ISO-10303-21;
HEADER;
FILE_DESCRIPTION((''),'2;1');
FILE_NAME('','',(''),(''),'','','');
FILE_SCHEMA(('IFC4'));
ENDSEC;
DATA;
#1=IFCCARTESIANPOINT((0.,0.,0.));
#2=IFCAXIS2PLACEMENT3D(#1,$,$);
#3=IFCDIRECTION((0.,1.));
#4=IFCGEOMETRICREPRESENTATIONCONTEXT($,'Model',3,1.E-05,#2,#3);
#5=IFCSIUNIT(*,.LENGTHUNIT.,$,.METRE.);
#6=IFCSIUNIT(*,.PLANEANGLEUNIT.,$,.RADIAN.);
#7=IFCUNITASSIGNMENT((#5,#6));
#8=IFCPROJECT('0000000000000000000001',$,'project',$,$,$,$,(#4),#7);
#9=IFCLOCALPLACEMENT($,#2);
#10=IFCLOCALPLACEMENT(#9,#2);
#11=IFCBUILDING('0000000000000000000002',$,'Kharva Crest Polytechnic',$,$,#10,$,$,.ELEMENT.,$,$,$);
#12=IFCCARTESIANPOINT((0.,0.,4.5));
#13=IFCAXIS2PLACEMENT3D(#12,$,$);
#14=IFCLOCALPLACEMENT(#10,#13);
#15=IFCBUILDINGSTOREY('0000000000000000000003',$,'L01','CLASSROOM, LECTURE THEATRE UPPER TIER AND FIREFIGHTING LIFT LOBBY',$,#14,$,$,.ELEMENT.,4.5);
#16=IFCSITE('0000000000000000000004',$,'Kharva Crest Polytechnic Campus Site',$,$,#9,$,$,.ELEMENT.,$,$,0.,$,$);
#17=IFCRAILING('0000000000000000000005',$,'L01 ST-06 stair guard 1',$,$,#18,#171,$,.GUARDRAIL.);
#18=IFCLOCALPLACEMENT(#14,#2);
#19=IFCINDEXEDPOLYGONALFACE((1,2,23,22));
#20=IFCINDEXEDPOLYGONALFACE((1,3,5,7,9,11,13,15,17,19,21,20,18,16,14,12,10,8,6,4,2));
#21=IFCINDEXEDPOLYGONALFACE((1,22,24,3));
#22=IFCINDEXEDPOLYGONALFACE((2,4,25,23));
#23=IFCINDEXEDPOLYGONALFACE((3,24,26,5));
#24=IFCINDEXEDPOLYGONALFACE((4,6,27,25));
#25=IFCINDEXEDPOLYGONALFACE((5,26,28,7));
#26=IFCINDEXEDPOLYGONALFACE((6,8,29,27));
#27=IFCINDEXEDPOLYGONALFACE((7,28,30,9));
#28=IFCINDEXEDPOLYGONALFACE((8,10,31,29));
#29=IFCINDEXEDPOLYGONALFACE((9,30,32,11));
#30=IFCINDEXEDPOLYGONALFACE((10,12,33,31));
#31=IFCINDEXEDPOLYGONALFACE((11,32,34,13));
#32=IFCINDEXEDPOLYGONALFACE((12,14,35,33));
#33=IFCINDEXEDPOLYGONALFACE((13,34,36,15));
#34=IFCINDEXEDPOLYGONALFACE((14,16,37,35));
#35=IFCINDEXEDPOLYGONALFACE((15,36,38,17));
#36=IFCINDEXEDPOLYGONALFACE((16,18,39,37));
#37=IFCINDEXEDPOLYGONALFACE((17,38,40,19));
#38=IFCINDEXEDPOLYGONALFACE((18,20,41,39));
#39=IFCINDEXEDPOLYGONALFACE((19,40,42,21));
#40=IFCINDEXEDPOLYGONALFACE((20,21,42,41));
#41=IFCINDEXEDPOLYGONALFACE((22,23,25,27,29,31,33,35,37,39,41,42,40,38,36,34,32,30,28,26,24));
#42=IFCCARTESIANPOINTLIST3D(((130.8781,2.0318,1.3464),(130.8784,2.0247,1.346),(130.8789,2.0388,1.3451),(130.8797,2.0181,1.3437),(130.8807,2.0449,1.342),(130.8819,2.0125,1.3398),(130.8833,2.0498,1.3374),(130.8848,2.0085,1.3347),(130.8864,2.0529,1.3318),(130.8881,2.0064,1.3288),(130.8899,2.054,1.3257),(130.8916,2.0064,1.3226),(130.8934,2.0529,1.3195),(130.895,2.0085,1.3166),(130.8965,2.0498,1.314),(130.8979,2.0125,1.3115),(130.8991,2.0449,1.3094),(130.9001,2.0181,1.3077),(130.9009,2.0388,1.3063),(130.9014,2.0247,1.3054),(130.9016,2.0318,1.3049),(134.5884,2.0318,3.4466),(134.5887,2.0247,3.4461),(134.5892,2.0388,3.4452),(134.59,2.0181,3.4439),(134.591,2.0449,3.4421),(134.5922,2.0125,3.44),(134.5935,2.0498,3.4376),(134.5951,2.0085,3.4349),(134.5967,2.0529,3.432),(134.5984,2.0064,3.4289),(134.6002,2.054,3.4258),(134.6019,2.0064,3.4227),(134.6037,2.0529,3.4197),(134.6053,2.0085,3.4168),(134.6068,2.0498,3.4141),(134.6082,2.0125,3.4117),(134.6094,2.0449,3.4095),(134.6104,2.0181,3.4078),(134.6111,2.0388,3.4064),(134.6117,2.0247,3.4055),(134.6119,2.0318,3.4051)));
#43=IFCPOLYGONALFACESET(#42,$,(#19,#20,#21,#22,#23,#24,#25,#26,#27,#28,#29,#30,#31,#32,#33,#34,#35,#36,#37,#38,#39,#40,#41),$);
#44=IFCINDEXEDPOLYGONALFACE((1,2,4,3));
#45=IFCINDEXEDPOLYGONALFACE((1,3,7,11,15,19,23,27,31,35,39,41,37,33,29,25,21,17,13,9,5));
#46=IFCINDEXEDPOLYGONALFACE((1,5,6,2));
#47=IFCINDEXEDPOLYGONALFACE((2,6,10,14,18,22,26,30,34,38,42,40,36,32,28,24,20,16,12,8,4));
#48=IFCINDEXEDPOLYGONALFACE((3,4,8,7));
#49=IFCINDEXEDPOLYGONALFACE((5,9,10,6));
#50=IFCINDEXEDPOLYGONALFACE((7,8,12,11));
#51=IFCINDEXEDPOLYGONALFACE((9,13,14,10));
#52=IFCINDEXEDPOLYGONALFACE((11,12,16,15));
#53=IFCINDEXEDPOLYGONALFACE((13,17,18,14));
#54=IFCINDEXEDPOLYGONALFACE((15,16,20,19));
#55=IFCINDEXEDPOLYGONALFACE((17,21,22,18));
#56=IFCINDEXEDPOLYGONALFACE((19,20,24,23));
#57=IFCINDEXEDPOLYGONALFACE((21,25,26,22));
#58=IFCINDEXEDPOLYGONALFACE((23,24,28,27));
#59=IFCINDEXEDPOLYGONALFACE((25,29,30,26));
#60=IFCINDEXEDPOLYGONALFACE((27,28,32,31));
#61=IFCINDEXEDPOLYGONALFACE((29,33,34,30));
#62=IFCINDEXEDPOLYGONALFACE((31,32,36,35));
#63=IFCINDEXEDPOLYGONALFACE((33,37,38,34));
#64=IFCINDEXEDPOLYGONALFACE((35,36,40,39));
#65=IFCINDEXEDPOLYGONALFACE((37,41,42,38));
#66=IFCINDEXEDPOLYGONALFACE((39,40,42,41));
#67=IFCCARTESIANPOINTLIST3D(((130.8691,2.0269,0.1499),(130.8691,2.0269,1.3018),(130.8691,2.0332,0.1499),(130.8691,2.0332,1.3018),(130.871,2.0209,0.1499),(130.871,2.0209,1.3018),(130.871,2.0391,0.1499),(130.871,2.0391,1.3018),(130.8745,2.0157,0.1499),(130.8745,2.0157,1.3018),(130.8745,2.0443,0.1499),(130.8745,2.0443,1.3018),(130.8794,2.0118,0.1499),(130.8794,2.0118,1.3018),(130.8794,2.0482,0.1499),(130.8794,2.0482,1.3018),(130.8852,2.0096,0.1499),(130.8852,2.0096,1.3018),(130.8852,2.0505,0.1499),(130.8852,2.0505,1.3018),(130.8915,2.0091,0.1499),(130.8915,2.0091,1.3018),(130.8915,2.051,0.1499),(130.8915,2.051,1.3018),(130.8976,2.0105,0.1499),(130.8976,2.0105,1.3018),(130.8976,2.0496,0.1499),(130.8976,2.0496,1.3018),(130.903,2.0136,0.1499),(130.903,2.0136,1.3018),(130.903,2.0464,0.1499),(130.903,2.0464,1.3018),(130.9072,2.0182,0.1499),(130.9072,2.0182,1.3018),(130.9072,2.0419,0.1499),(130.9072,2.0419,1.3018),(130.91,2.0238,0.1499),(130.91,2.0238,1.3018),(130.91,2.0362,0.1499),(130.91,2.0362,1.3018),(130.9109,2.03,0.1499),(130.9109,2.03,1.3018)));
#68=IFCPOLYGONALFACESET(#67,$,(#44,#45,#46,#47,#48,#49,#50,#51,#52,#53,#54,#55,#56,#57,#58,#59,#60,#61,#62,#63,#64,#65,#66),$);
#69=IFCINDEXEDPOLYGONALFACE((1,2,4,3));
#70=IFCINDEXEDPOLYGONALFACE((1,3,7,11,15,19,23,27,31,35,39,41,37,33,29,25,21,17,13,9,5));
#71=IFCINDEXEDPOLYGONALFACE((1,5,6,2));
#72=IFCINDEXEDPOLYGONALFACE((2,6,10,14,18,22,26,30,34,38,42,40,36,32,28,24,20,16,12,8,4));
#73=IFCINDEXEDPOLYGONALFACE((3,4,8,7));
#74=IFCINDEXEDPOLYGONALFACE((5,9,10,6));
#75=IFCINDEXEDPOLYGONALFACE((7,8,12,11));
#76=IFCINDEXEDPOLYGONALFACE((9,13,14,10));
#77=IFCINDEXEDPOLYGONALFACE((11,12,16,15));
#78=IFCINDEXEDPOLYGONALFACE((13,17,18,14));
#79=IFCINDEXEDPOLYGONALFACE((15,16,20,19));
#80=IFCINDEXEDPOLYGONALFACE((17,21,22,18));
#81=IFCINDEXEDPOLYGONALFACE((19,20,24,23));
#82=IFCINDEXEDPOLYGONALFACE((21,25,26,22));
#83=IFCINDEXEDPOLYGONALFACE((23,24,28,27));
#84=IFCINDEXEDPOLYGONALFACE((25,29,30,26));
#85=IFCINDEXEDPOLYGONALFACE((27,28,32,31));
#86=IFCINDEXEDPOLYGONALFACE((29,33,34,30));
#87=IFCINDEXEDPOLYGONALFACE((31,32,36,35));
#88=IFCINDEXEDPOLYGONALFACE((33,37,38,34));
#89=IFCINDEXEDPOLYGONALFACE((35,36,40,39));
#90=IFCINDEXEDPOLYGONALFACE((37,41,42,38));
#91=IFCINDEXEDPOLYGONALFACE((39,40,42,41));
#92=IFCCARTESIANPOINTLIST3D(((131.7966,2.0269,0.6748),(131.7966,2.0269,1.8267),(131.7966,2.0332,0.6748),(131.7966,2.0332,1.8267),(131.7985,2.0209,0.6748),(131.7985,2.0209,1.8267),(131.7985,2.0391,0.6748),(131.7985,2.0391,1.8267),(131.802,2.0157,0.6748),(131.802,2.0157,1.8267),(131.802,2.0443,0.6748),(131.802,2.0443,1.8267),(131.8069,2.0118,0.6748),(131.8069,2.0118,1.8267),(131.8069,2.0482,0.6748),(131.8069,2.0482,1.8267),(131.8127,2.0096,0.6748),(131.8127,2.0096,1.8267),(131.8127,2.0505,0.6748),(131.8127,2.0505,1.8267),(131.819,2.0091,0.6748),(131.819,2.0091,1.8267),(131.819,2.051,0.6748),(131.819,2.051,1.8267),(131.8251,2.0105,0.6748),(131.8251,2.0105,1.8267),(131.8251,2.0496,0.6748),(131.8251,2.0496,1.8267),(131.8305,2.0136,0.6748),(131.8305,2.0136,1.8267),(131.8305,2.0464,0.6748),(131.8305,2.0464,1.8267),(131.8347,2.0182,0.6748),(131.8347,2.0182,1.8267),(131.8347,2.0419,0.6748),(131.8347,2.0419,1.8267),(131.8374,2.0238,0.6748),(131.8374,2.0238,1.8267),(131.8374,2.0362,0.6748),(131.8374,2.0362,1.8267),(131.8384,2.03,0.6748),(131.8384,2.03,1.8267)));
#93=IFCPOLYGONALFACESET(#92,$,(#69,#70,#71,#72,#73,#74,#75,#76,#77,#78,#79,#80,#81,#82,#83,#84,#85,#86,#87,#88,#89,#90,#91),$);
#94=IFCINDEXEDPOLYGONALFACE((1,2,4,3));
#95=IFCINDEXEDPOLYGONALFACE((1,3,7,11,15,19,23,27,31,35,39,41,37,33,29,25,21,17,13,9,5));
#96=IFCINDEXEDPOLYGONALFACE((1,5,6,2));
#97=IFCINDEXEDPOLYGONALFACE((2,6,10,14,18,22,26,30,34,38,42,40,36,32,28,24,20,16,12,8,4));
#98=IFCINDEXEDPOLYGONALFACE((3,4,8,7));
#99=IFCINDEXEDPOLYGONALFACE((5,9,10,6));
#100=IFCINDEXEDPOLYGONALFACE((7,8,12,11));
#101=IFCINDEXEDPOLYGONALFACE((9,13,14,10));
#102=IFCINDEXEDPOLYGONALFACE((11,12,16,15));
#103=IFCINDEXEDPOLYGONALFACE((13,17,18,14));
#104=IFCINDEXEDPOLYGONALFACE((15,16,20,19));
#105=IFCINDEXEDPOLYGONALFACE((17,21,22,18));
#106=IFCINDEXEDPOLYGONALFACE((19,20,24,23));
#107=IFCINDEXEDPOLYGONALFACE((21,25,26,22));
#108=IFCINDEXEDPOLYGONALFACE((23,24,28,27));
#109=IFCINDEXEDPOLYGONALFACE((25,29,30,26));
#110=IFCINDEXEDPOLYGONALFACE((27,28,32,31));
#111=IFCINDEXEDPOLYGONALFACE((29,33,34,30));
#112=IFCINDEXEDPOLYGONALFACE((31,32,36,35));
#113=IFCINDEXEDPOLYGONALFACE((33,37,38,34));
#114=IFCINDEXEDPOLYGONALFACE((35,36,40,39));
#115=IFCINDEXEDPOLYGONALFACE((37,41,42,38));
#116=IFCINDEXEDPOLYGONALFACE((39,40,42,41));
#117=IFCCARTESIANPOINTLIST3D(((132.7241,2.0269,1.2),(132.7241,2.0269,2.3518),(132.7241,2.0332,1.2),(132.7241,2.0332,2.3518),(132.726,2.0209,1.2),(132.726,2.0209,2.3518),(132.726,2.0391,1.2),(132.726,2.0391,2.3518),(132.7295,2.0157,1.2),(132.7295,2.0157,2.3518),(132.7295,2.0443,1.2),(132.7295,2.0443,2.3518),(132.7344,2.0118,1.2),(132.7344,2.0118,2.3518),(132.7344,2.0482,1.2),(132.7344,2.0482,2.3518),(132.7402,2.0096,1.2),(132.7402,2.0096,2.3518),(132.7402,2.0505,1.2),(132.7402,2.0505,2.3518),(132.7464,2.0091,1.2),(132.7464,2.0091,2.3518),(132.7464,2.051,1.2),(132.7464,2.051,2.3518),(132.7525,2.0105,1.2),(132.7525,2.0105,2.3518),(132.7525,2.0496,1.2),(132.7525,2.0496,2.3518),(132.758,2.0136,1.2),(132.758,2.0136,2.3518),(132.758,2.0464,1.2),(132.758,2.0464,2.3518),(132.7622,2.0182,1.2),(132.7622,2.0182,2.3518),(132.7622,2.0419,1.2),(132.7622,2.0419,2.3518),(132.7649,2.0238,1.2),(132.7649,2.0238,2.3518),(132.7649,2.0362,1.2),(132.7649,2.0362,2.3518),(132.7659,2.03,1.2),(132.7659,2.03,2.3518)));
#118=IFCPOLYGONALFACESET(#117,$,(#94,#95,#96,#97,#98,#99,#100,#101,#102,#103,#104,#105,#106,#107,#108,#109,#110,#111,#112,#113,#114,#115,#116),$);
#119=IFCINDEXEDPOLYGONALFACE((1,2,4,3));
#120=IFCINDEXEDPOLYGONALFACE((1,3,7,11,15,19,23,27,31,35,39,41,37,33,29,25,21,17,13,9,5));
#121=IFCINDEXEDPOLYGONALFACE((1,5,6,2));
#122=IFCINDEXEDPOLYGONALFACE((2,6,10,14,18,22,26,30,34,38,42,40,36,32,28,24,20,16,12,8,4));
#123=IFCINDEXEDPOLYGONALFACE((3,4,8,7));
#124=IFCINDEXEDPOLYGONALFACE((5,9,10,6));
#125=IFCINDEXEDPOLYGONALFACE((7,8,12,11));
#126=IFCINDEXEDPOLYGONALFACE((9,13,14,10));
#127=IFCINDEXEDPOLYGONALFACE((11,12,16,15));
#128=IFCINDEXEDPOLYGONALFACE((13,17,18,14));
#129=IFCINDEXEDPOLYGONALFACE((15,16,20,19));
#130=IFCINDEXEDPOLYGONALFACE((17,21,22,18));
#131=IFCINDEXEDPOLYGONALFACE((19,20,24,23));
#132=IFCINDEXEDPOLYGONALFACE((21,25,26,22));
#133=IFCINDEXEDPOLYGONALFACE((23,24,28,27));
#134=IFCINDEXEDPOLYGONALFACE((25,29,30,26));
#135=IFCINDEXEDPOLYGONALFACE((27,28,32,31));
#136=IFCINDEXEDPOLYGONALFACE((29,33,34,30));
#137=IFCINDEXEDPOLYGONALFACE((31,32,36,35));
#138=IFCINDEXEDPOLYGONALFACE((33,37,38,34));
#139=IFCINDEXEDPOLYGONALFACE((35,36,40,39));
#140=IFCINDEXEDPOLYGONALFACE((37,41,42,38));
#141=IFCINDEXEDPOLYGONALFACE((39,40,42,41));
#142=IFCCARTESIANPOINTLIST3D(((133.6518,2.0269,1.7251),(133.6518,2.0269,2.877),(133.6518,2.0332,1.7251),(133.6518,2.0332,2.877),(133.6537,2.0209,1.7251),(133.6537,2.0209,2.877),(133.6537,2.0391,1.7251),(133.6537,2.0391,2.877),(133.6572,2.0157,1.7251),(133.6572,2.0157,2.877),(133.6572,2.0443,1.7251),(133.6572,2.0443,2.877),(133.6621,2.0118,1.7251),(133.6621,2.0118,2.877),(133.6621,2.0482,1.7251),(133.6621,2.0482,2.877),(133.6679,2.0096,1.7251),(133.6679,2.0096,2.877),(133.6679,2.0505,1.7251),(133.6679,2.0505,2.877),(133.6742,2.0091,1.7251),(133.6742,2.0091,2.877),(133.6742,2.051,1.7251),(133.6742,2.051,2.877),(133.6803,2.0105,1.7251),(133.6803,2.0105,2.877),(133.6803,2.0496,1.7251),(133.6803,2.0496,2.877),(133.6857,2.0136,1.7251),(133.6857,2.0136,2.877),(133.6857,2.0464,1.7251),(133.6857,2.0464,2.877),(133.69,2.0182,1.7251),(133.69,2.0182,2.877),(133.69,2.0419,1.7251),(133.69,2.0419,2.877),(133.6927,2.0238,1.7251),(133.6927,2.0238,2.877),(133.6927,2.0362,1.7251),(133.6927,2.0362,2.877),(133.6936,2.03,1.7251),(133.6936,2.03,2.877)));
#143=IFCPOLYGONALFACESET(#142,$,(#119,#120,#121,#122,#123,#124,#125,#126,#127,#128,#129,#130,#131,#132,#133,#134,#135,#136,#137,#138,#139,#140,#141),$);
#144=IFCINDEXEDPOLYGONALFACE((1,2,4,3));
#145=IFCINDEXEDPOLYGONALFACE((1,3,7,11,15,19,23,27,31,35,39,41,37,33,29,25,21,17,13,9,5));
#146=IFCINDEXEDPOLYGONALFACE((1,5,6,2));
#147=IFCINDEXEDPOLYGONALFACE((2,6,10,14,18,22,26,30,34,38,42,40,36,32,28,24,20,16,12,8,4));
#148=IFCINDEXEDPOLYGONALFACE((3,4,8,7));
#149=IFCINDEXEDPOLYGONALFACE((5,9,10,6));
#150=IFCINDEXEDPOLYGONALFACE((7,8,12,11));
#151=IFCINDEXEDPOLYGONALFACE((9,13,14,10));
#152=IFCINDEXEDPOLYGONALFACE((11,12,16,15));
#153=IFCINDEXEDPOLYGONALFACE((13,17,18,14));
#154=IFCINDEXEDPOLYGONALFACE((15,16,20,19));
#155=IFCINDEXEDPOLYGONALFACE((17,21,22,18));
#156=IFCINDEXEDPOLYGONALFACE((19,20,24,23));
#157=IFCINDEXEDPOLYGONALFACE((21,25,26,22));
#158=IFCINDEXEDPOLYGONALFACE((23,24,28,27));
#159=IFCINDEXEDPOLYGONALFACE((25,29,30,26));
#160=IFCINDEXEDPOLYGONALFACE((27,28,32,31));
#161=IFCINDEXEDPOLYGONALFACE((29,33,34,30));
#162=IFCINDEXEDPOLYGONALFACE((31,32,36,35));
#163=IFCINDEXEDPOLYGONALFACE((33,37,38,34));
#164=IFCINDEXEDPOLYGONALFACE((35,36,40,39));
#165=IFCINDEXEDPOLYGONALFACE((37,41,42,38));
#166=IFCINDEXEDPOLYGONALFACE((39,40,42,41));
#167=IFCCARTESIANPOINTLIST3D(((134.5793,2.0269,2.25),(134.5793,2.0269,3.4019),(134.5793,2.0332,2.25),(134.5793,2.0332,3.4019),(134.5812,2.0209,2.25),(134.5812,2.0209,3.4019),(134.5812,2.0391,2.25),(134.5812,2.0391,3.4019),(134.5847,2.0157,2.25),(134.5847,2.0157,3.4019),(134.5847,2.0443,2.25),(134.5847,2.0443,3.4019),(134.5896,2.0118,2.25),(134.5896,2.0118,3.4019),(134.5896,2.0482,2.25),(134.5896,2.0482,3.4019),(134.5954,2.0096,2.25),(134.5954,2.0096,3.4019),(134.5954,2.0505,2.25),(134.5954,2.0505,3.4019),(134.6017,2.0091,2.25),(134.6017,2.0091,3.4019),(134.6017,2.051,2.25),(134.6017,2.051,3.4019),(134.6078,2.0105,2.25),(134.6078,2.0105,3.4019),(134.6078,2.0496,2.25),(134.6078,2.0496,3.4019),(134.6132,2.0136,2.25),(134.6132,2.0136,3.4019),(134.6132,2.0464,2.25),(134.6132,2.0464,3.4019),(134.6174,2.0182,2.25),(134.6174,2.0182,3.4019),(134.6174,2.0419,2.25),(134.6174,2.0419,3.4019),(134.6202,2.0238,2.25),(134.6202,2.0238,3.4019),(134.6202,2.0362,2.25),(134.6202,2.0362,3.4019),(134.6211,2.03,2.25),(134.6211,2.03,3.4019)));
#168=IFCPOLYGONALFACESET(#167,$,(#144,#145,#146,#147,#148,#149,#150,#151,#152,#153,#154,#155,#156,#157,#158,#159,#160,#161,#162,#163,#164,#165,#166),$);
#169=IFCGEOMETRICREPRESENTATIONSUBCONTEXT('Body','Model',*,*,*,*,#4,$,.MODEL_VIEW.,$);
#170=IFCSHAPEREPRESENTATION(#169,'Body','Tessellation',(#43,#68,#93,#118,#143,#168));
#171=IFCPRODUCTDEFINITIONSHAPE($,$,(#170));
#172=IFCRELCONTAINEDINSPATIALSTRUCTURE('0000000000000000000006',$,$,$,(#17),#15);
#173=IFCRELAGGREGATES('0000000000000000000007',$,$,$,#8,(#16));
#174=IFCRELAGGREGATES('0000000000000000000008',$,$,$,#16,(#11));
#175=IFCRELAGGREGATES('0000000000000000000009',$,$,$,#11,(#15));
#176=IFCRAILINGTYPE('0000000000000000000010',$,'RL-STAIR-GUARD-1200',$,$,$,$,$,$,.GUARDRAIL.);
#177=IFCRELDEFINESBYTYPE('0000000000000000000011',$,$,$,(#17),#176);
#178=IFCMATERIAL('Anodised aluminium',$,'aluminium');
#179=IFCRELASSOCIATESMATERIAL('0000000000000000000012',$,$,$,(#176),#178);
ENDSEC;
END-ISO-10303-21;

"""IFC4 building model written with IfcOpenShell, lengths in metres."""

from ifc_helpers import new_model, si_unit, direction, frame, origin, origin_2d, place, context, subcontext, project, spatial, circle, extrude, material, type_object, element, save


model = new_model("IFC4")

# Units and contexts
model_context = context("Model", 3, precision=1e-05, world=origin(), true_north=direction((0.0, 1.0)))
body_context = subcontext(model_context, "Body", "Model", "MODEL_VIEW")
ifc_project = project(units=[si_unit("LENGTHUNIT", "METRE"), si_unit("PLANEANGLEUNIT", "RADIAN")], contexts=[model_context])

# Site, building, storey
site_placement = place(None, origin())
site = spatial("IfcSite", under=ifc_project, at=site_placement, Name="Kharva Crest Polytechnic Campus Site", CompositionType="ELEMENT", RefElevation=0.0)
building_placement = place(site_placement, origin())
building = spatial("IfcBuilding", under=site, at=building_placement, Name="Kharva Crest Polytechnic", CompositionType="ELEMENT")
storey_placement = place(building_placement, frame((0.0, 0.0, 4.5)))
storey = spatial("IfcBuildingStorey", under=building, at=storey_placement, Name="L01", Description="CLASSROOM, LECTURE THEATRE UPPER TIER AND FIREFIGHTING LIFT LOBBY", CompositionType="ELEMENT", Elevation=4.5)

# Railing
ifc_material_1 = material(Name="Anodised aluminium", Category="aluminium")
railing_type_1 = type_object("IfcRailingType", Name="RL-STAIR-GUARD-1200", PredefinedType="GUARDRAIL", material=ifc_material_1)
railing_1_placement = place(storey_placement, frame((130.8899, 2.03, 0.1499)))
element("IfcRailing", 1, at=railing_1_placement, inside=storey, type_object=railing_type_1, Name="L01 ST-06 stair guard 1", PredefinedType="GUARDRAIL", context=body_context, shape_type="SweptSolid", body=[
    extrude(circle(Radius=0.0239, at=origin_2d()), frame((0.0, 0.0, 1.1758), z_axis=(0.870259, 0.0, 0.492595), x_axis=(0.0, 1.0, 0.0)), (0.0, 0.0, 1.0), 4.2634),
    extrude(circle(Radius=0.021, at=origin_2d()), origin(), (0.0, 0.0, 1.0), 1.1519),
    extrude(circle(Radius=0.021, at=origin_2d()), frame((0.9275, 0.0, 0.5249)), (0.0, 0.0, 1.0), 1.1519),
    extrude(circle(Radius=0.021, at=origin_2d()), frame((1.855, 0.0, 1.05)), (0.0, 0.0, 1.0), 1.1519),
    extrude(circle(Radius=0.021, at=origin_2d()), frame((2.7827, 0.0, 1.5752)), (0.0, 0.0, 1.0), 1.1519),
    extrude(circle(Radius=0.021, at=origin_2d()), frame((3.7102, 0.0, 2.1001)), (0.0, 0.0, 1.0), 1.1519),
])

save(model, "model.ifc")
